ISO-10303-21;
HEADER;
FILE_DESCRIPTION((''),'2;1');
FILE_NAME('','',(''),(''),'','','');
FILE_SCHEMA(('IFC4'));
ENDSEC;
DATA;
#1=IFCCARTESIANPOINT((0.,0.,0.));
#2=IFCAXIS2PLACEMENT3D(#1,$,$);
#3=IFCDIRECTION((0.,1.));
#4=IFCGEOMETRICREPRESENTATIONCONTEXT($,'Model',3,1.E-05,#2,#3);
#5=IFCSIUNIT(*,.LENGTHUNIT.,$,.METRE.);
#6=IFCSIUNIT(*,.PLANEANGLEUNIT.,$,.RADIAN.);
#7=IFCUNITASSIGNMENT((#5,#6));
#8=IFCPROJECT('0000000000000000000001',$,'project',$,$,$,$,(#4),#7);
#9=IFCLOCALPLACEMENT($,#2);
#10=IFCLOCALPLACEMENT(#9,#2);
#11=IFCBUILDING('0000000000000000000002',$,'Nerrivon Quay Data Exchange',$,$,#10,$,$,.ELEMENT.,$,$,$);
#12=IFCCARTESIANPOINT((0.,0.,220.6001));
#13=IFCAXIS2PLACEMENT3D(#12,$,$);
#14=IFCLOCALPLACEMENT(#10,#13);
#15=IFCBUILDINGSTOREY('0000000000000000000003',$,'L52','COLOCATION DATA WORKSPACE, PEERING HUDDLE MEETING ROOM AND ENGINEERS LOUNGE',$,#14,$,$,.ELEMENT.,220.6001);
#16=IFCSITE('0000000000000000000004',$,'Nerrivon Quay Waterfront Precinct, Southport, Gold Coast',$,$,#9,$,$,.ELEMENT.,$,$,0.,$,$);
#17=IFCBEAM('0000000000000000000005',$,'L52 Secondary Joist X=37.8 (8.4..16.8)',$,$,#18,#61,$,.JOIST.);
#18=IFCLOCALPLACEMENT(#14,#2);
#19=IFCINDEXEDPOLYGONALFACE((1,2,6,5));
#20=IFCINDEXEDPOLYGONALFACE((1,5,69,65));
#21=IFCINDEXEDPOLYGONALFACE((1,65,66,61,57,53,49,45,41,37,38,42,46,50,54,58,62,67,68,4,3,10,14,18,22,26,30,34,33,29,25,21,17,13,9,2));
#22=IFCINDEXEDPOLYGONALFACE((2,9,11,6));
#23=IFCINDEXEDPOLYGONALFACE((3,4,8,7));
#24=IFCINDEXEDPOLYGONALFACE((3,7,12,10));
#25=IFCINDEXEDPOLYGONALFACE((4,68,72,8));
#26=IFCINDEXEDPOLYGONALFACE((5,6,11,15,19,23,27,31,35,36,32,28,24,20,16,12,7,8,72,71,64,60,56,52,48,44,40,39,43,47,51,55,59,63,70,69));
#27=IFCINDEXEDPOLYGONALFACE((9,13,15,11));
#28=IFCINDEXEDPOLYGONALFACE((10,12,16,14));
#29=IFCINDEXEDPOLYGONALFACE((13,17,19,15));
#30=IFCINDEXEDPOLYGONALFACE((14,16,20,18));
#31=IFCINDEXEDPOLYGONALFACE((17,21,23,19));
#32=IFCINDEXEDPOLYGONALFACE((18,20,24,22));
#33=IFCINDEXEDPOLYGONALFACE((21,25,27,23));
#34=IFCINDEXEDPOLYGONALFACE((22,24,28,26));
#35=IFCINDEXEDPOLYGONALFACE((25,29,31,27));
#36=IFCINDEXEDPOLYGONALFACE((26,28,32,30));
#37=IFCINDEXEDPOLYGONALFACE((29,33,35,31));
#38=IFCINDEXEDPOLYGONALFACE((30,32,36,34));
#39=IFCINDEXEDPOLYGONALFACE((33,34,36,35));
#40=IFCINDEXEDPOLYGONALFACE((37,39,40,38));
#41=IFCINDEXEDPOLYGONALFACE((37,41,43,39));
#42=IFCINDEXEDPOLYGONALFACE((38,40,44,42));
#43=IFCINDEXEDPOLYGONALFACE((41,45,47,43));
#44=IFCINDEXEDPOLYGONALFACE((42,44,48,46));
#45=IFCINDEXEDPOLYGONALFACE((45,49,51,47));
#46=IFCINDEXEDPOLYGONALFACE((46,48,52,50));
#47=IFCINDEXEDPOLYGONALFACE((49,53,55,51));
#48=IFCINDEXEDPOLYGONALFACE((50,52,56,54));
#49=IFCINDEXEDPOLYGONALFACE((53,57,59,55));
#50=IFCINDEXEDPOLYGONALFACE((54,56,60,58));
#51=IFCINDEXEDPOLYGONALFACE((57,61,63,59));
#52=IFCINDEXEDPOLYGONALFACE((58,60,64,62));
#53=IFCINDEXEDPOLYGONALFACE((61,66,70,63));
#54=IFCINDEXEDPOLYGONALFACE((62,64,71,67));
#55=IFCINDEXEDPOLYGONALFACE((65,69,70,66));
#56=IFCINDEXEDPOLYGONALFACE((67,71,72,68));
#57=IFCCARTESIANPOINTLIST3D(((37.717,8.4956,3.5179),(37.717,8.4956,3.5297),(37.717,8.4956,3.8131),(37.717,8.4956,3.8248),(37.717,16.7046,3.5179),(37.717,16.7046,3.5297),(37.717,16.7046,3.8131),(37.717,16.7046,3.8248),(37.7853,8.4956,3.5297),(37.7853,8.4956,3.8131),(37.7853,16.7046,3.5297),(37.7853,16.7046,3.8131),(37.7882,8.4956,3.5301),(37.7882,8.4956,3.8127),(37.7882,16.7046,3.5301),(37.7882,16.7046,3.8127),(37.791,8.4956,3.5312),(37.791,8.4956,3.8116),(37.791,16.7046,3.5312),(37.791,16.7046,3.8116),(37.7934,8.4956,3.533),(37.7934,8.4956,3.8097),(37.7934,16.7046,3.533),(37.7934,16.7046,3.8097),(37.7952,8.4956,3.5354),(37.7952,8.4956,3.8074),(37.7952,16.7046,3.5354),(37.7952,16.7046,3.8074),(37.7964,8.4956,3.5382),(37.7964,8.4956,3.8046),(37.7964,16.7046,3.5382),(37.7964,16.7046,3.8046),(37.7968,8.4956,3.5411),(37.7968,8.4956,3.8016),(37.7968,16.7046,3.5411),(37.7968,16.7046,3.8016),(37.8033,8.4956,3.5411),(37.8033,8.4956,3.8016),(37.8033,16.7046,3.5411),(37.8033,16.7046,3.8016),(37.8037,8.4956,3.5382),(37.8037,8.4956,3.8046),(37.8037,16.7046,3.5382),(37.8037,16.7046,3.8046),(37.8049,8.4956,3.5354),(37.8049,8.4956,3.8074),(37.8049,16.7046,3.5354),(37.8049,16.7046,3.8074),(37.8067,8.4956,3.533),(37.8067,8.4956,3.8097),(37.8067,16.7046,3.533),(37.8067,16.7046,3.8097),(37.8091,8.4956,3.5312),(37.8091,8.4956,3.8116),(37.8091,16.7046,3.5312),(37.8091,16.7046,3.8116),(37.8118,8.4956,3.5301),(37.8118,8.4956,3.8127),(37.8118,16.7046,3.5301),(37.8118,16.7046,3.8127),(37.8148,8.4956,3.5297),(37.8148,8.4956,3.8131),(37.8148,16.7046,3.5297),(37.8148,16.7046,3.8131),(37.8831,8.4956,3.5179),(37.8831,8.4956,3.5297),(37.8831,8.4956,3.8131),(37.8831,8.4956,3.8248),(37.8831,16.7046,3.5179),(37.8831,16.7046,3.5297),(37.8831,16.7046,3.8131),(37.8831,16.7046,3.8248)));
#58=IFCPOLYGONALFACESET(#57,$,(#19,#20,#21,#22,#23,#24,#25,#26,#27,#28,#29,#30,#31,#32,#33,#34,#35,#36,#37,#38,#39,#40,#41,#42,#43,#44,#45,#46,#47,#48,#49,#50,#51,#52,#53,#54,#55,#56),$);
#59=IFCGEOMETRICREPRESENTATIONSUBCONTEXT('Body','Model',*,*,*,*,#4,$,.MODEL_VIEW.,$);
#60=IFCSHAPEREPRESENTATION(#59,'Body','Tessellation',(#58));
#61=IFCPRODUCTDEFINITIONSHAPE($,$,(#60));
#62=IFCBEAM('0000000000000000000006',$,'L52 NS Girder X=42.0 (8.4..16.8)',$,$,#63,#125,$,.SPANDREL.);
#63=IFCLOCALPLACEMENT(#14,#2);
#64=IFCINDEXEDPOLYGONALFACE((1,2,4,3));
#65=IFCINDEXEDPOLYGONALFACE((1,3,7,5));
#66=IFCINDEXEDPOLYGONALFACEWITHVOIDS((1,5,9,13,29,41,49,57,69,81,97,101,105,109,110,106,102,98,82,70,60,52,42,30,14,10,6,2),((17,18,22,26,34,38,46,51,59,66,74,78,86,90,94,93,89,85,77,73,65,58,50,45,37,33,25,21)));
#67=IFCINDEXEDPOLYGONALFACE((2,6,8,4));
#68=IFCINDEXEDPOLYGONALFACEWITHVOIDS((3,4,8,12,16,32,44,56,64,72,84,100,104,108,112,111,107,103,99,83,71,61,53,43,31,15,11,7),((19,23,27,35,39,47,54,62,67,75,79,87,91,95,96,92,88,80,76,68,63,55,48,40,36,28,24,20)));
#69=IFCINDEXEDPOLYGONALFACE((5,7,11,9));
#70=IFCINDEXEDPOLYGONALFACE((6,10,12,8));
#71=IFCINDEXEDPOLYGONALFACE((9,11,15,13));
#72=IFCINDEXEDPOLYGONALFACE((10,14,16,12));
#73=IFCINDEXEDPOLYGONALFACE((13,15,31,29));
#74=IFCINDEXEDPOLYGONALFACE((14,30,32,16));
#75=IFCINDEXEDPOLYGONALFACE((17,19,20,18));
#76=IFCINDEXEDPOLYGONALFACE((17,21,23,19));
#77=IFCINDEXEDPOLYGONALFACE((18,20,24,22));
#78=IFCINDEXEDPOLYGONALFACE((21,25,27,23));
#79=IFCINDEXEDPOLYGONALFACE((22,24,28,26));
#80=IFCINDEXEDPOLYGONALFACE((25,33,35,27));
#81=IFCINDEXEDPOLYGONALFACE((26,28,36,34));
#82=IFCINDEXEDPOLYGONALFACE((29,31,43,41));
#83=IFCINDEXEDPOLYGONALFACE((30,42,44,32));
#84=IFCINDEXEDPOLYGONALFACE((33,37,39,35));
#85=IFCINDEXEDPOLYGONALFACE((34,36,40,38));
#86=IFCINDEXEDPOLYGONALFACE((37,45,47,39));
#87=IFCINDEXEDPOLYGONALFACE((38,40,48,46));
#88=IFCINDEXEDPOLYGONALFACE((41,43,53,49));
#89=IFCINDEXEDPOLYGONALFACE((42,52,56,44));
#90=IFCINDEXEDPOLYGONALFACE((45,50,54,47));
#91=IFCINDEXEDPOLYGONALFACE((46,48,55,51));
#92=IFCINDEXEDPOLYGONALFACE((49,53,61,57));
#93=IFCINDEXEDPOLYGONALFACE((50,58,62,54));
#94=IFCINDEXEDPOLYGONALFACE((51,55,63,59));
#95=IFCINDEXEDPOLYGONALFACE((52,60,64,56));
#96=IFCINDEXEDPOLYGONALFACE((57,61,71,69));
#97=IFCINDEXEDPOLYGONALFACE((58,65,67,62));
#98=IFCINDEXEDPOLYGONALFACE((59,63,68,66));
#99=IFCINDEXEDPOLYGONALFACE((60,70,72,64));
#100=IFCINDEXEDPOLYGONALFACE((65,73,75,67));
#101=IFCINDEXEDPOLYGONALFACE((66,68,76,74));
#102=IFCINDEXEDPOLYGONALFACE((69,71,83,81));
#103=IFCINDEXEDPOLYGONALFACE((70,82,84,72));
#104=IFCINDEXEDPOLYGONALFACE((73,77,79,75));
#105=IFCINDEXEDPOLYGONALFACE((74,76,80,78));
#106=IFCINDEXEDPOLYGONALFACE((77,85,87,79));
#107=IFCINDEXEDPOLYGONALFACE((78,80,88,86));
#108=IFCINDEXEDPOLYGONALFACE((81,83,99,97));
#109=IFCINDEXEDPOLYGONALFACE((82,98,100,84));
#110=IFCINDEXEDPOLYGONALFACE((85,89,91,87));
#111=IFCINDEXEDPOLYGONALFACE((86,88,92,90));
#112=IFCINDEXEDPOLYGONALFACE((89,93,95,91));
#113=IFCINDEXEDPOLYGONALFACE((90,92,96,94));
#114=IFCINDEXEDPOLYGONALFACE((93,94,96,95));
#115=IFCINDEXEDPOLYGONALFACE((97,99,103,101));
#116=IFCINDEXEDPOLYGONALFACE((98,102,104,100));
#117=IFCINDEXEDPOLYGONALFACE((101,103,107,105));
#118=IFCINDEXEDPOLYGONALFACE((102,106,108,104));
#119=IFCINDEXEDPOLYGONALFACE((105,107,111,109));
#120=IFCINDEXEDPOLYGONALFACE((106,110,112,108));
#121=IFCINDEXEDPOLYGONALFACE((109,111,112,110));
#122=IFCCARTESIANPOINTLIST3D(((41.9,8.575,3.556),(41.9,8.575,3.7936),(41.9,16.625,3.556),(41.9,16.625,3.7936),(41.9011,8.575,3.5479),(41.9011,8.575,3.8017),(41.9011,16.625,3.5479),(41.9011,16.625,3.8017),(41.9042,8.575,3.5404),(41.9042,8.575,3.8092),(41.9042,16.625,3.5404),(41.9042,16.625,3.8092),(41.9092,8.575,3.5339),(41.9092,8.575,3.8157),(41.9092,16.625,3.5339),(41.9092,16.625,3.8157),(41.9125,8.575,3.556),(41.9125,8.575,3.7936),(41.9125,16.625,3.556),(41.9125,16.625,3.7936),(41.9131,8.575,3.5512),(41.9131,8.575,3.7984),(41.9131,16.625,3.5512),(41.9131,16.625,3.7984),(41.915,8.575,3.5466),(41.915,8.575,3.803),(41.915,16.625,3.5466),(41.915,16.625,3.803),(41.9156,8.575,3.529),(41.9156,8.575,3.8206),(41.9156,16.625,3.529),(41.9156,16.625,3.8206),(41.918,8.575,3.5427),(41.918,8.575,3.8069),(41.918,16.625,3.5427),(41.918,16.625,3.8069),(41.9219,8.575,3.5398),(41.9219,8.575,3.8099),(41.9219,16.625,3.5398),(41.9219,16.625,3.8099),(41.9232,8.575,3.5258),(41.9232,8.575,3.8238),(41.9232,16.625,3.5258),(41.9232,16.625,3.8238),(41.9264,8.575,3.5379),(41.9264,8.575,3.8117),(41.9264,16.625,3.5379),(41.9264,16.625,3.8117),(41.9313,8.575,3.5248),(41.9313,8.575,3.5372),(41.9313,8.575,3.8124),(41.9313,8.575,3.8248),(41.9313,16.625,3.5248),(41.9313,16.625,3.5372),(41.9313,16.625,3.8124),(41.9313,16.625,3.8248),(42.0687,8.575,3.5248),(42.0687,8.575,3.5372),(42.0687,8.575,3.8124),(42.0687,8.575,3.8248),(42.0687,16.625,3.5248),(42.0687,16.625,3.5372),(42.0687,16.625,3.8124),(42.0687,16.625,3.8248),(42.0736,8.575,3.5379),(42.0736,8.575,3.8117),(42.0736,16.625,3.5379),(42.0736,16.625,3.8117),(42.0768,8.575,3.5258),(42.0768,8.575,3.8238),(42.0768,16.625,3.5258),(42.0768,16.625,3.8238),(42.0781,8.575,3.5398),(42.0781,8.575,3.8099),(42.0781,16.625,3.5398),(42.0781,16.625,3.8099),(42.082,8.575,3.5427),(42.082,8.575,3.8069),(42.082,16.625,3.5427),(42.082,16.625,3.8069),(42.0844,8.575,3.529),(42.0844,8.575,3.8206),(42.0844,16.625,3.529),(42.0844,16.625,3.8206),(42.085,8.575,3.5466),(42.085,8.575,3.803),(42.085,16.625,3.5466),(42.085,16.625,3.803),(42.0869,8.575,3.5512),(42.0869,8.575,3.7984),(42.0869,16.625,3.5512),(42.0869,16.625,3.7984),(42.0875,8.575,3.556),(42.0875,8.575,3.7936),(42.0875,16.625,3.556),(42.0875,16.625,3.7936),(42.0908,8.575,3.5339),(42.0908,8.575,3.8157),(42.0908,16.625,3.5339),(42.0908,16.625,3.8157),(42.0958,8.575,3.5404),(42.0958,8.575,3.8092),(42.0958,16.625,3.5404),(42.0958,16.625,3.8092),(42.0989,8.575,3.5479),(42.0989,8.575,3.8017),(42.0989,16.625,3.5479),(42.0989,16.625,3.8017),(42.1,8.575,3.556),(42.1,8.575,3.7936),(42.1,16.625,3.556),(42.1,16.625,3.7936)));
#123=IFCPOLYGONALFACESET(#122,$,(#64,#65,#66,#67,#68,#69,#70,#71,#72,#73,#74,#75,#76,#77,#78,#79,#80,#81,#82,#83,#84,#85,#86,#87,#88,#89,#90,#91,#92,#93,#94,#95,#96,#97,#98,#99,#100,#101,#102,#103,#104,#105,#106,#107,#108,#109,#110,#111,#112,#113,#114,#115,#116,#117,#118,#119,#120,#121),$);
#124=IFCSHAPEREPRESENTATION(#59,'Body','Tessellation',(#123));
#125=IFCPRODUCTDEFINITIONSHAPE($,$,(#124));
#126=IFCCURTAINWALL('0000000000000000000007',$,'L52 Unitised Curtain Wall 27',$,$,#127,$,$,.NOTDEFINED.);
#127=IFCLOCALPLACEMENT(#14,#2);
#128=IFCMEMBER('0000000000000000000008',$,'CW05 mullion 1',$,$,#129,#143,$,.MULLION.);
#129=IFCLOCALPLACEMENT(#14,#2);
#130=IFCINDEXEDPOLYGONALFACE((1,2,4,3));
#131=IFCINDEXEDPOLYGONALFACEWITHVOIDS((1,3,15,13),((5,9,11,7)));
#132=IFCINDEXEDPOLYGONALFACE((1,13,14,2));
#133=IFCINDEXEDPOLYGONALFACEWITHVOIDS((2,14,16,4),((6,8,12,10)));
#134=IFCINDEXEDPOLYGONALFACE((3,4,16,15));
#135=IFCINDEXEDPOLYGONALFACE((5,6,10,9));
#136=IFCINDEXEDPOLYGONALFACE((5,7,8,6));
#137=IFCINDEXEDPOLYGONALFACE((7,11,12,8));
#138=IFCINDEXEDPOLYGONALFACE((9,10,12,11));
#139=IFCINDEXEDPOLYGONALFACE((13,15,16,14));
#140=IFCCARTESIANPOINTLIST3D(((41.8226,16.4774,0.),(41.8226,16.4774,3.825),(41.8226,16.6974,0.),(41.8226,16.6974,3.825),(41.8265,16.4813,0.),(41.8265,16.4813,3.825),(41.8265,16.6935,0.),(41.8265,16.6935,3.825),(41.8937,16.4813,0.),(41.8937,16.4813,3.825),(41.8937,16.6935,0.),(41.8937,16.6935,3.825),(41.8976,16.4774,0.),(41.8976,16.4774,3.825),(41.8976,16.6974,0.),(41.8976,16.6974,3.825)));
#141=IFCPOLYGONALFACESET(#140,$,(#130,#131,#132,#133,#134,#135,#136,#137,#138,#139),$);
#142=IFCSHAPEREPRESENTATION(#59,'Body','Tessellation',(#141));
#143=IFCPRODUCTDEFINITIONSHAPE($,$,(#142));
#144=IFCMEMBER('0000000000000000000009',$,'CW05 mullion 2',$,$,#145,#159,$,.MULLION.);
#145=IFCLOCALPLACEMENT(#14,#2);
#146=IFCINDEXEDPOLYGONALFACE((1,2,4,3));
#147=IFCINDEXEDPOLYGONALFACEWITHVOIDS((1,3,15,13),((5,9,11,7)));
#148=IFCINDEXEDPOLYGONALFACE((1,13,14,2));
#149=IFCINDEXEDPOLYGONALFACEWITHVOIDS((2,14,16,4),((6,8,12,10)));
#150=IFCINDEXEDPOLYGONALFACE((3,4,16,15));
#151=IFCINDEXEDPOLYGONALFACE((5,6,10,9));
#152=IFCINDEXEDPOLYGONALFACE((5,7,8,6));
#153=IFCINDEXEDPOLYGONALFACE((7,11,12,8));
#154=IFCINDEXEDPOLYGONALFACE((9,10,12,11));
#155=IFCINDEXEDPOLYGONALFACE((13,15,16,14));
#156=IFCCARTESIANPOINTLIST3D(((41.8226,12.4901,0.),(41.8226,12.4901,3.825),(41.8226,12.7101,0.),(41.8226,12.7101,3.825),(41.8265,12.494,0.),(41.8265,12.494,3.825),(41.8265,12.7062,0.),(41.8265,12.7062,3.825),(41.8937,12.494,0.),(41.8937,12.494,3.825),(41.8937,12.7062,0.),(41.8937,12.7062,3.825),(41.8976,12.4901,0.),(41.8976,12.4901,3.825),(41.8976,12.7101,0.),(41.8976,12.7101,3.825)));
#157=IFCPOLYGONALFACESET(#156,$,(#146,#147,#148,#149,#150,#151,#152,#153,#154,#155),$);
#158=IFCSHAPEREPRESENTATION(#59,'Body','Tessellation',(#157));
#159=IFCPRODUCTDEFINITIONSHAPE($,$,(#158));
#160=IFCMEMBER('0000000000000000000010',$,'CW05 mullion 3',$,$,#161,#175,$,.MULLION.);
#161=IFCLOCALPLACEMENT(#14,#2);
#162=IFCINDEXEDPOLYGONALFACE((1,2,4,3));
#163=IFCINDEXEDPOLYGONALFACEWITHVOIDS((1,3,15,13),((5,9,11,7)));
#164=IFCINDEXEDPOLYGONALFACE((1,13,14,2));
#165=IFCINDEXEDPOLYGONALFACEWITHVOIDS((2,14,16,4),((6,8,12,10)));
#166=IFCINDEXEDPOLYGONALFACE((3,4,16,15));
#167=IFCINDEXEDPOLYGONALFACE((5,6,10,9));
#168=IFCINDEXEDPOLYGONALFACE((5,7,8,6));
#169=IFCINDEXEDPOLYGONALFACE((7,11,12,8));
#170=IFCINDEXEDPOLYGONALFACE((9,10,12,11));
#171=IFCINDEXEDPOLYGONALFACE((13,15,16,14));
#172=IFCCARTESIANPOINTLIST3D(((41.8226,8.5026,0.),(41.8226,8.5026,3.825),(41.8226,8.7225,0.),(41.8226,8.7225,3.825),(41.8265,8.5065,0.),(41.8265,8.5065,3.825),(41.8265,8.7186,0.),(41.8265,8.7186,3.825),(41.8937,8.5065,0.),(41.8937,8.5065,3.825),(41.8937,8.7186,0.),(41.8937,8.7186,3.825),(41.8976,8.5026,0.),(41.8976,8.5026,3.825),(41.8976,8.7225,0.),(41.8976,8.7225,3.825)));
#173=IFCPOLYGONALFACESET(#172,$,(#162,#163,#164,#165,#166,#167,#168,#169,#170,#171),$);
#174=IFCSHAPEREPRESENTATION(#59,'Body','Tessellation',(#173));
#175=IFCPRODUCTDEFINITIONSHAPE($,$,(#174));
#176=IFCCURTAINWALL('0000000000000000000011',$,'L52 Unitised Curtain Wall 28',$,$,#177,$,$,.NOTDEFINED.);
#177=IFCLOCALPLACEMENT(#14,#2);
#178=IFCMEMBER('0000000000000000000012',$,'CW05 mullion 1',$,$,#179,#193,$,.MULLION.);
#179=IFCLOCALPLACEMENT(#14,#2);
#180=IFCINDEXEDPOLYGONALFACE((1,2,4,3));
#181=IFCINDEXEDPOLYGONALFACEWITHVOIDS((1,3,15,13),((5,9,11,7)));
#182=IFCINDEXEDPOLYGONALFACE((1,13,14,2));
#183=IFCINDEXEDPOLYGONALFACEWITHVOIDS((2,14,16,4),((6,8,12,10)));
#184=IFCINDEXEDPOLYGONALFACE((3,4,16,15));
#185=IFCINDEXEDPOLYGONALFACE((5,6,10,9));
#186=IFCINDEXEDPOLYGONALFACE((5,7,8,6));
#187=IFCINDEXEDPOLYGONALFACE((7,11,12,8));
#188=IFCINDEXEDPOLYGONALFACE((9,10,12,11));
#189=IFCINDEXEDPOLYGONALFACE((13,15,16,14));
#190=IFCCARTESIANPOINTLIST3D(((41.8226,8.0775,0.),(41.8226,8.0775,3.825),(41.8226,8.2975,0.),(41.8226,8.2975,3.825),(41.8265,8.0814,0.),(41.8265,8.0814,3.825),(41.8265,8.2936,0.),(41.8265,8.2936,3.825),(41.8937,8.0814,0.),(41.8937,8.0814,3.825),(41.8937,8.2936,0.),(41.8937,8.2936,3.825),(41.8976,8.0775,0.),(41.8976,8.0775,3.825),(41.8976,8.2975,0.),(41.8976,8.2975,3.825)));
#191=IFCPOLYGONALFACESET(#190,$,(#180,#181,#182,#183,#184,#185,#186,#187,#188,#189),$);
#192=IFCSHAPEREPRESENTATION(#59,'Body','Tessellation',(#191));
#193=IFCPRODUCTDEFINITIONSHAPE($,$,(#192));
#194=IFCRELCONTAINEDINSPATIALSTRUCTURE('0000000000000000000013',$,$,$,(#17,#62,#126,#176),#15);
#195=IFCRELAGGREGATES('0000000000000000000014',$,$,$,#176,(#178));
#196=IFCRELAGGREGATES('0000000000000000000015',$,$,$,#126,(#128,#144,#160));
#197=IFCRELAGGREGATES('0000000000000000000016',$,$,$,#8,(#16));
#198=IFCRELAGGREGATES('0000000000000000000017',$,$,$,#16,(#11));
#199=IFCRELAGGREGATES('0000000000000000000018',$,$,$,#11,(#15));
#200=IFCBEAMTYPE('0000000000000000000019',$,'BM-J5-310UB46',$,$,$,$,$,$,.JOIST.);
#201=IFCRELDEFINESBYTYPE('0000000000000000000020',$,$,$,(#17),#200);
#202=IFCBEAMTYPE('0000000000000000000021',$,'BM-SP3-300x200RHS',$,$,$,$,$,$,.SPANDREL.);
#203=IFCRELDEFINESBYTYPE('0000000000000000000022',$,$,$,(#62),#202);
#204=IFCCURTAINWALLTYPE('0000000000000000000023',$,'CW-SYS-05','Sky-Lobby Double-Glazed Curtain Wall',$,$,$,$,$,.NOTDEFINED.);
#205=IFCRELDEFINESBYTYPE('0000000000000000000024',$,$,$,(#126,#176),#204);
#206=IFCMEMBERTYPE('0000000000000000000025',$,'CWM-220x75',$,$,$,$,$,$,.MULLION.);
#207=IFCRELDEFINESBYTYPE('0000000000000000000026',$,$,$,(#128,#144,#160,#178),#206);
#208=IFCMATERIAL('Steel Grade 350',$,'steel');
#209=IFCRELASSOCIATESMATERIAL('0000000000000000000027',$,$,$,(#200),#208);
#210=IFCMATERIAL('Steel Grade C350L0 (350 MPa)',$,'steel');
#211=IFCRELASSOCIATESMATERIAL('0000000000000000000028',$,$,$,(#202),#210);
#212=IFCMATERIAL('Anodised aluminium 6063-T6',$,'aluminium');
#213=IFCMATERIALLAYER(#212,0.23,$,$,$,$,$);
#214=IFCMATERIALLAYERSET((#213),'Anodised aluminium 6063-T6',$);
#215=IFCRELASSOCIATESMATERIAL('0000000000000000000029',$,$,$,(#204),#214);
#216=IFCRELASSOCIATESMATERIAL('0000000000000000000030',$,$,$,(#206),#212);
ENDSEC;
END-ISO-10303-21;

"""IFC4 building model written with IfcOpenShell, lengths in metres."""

from ifc_helpers import new_model, si_unit, direction, frame, origin, origin_2d, place, context, subcontext, project, spatial, hollow_rectangle, i_section, extrude, material, layer, layer_set, material_profile, profile_set, type_object, element, aggregate, save


model = new_model("IFC4")

# Units and contexts
model_context = context("Model", 3, precision=1e-05, world=origin(), true_north=direction((0.0, 1.0)))
body_context = subcontext(model_context, "Body", "Model", "MODEL_VIEW")
ifc_project = project(units=[si_unit("LENGTHUNIT", "METRE"), si_unit("PLANEANGLEUNIT", "RADIAN")], contexts=[model_context])

# Site, building, storey
site_placement = place(None, origin())
site = spatial("IfcSite", under=ifc_project, at=site_placement, Name="Nerrivon Quay Waterfront Precinct, Southport, Gold Coast", CompositionType="ELEMENT", RefElevation=0.0)
building_placement = place(site_placement, origin())
building = spatial("IfcBuilding", under=site, at=building_placement, Name="Nerrivon Quay Data Exchange", CompositionType="ELEMENT")
storey_placement = place(building_placement, frame((0.0, 0.0, 220.6001)))
storey = spatial("IfcBuildingStorey", under=building, at=storey_placement, Name="L52", Description="COLOCATION DATA WORKSPACE, PEERING HUDDLE MEETING ROOM AND ENGINEERS LOUNGE", CompositionType="ELEMENT", Elevation=220.6001)

# Shared definitions
ifc_material_1 = material(Name="Steel Grade 350", Category="steel")

# Beams
ifc_material_profile_1 = material_profile(ifc_material_1, i_section(OverallWidth=0.166, OverallDepth=0.3069, WebThickness=0.0066, FlangeThickness=0.0117, FilletRadius=0.0115, at=origin_2d()), Name="310UB46.2")
ifc_profile_set_1 = profile_set([ifc_material_profile_1], Name="Steel Grade 350")
beam_type_1 = type_object("IfcBeamType", Name="BM-J5-310UB46", PredefinedType="JOIST", material=ifc_profile_set_1)
beam_1_placement = place(storey_placement, frame((37.8, 8.4956, 3.6714), z_axis=(0.0, 1.0, 0.0), x_axis=(-1.0, 0.0, 0.0)))
element("IfcBeam", 1, at=beam_1_placement, inside=storey, type_object=beam_type_1, Name="L52 Secondary Joist X=37.8 (8.4..16.8)", PredefinedType="JOIST", context=body_context, shape_type="SweptSolid", body=[
    extrude(i_section(OverallWidth=0.166, OverallDepth=0.3069, WebThickness=0.0066, FlangeThickness=0.0117, FilletRadius=0.0115, at=origin_2d()), origin(), (0.0, 0.0, 1.0), 8.209),
])
ifc_material_2 = material(Name="Steel Grade C350L0 (350 MPa)", Category="steel")
ifc_material_profile_2 = material_profile(ifc_material_2, hollow_rectangle(XDim=0.2, YDim=0.3, WallThickness=0.0125, InnerFilletRadius=0.0188, OuterFilletRadius=0.0312, at=origin_2d()), Name="300x200x12.5RHS")
ifc_profile_set_2 = profile_set([ifc_material_profile_2], Name="Steel Grade C350L0 (350 MPa)")
beam_type_2 = type_object("IfcBeamType", Name="BM-SP3-300x200RHS", PredefinedType="SPANDREL", material=ifc_profile_set_2)
beam_2_placement = place(storey_placement, frame((42.0, 8.575, 3.6748), z_axis=(0.0, 1.0, 0.0), x_axis=(-1.0, 0.0, 0.0)))
element("IfcBeam", 2, at=beam_2_placement, inside=storey, type_object=beam_type_2, Name="L52 NS Girder X=42.0 (8.4..16.8)", PredefinedType="SPANDREL", context=body_context, shape_type="SweptSolid", body=[
    extrude(hollow_rectangle(XDim=0.2, YDim=0.3, WallThickness=0.0125, InnerFilletRadius=0.0188, OuterFilletRadius=0.0312, at=origin_2d()), origin(), (0.0, 0.0, 1.0), 8.05),
])

# Curtain wall, members
ifc_material_3 = material(Name="Anodised aluminium 6063-T6", Category="aluminium")
ifc_layer_1 = layer(ifc_material_3, 0.23)
ifc_layer_set_1 = layer_set([ifc_layer_1], Name="Anodised aluminium 6063-T6")
curtain_wall_type = type_object("IfcCurtainWallType", Name="CW-SYS-05", Description="Sky-Lobby Double-Glazed Curtain Wall", PredefinedType="NOTDEFINED", material=ifc_layer_set_1)
curtain_wall_1_placement = place(storey_placement, origin())
curtain_wall_1 = element("IfcCurtainWall", 3, at=curtain_wall_1_placement, inside=storey, type_object=curtain_wall_type, Name="L52 Unitised Curtain Wall 27", PredefinedType="NOTDEFINED")
ifc_material_profile_3 = material_profile(ifc_material_3, hollow_rectangle(XDim=0.075, YDim=0.22, WallThickness=0.0039, at=origin_2d()), Name="ALU-MULL-220x75")
ifc_profile_set_3 = profile_set([ifc_material_profile_3], Name="Anodised aluminium 6063-T6")
member_type_1 = type_object("IfcMemberType", Name="CWM-220x75", PredefinedType="MULLION", material=ifc_profile_set_3)
member_1_placement = place(storey_placement, frame((41.8601, 16.5874, 0.0), z_axis=(0.0, 0.0, 1.0), x_axis=(1.0, 0.0, 0.0)))
member_1 = element("IfcMember", 4, at=member_1_placement, type_object=member_type_1, Name="CW05 mullion 1", PredefinedType="MULLION", context=body_context, shape_type="SweptSolid", body=[
    extrude(hollow_rectangle(XDim=0.075, YDim=0.22, WallThickness=0.0039, at=origin_2d()), origin(), (0.0, 0.0, 1.0), 3.825),
])
member_2_placement = place(storey_placement, frame((41.8601, 12.6001, 0.0), z_axis=(0.0, 0.0, 1.0), x_axis=(1.0, 0.0, 0.0)))
member_2 = element("IfcMember", 5, at=member_2_placement, type_object=member_type_1, Name="CW05 mullion 2", PredefinedType="MULLION", context=body_context, shape_type="SweptSolid", body=[
    extrude(hollow_rectangle(XDim=0.075, YDim=0.22, WallThickness=0.0039, at=origin_2d()), origin(), (0.0, 0.0, 1.0), 3.825),
])
member_3_placement = place(storey_placement, frame((41.8601, 8.6125, 0.0), z_axis=(0.0, 0.0, 1.0), x_axis=(1.0, 0.0, 0.0)))
member_3 = element("IfcMember", 6, at=member_3_placement, type_object=member_type_1, Name="CW05 mullion 3", PredefinedType="MULLION", context=body_context, shape_type="SweptSolid", body=[
    extrude(hollow_rectangle(XDim=0.075, YDim=0.22, WallThickness=0.0039, at=origin_2d()), origin(), (0.0, 0.0, 1.0), 3.825),
])

# Curtain wall, member
curtain_wall_2_placement = place(storey_placement, origin())
curtain_wall_2 = element("IfcCurtainWall", 7, at=curtain_wall_2_placement, inside=storey, type_object=curtain_wall_type, Name="L52 Unitised Curtain Wall 28", PredefinedType="NOTDEFINED")
member_4_placement = place(storey_placement, frame((41.8601, 8.1875, 0.0), z_axis=(0.0, 0.0, 1.0), x_axis=(1.0, 0.0, 0.0)))
member_4 = element("IfcMember", 8, at=member_4_placement, type_object=member_type_1, Name="CW05 mullion 1", PredefinedType="MULLION", context=body_context, shape_type="SweptSolid", body=[
    extrude(hollow_rectangle(XDim=0.075, YDim=0.22, WallThickness=0.0039, at=origin_2d()), origin(), (0.0, 0.0, 1.0), 3.825),
])

aggregate(curtain_wall_2, [member_4])

aggregate(curtain_wall_1, [member_1, member_2, member_3])

save(model, "model.ifc")
